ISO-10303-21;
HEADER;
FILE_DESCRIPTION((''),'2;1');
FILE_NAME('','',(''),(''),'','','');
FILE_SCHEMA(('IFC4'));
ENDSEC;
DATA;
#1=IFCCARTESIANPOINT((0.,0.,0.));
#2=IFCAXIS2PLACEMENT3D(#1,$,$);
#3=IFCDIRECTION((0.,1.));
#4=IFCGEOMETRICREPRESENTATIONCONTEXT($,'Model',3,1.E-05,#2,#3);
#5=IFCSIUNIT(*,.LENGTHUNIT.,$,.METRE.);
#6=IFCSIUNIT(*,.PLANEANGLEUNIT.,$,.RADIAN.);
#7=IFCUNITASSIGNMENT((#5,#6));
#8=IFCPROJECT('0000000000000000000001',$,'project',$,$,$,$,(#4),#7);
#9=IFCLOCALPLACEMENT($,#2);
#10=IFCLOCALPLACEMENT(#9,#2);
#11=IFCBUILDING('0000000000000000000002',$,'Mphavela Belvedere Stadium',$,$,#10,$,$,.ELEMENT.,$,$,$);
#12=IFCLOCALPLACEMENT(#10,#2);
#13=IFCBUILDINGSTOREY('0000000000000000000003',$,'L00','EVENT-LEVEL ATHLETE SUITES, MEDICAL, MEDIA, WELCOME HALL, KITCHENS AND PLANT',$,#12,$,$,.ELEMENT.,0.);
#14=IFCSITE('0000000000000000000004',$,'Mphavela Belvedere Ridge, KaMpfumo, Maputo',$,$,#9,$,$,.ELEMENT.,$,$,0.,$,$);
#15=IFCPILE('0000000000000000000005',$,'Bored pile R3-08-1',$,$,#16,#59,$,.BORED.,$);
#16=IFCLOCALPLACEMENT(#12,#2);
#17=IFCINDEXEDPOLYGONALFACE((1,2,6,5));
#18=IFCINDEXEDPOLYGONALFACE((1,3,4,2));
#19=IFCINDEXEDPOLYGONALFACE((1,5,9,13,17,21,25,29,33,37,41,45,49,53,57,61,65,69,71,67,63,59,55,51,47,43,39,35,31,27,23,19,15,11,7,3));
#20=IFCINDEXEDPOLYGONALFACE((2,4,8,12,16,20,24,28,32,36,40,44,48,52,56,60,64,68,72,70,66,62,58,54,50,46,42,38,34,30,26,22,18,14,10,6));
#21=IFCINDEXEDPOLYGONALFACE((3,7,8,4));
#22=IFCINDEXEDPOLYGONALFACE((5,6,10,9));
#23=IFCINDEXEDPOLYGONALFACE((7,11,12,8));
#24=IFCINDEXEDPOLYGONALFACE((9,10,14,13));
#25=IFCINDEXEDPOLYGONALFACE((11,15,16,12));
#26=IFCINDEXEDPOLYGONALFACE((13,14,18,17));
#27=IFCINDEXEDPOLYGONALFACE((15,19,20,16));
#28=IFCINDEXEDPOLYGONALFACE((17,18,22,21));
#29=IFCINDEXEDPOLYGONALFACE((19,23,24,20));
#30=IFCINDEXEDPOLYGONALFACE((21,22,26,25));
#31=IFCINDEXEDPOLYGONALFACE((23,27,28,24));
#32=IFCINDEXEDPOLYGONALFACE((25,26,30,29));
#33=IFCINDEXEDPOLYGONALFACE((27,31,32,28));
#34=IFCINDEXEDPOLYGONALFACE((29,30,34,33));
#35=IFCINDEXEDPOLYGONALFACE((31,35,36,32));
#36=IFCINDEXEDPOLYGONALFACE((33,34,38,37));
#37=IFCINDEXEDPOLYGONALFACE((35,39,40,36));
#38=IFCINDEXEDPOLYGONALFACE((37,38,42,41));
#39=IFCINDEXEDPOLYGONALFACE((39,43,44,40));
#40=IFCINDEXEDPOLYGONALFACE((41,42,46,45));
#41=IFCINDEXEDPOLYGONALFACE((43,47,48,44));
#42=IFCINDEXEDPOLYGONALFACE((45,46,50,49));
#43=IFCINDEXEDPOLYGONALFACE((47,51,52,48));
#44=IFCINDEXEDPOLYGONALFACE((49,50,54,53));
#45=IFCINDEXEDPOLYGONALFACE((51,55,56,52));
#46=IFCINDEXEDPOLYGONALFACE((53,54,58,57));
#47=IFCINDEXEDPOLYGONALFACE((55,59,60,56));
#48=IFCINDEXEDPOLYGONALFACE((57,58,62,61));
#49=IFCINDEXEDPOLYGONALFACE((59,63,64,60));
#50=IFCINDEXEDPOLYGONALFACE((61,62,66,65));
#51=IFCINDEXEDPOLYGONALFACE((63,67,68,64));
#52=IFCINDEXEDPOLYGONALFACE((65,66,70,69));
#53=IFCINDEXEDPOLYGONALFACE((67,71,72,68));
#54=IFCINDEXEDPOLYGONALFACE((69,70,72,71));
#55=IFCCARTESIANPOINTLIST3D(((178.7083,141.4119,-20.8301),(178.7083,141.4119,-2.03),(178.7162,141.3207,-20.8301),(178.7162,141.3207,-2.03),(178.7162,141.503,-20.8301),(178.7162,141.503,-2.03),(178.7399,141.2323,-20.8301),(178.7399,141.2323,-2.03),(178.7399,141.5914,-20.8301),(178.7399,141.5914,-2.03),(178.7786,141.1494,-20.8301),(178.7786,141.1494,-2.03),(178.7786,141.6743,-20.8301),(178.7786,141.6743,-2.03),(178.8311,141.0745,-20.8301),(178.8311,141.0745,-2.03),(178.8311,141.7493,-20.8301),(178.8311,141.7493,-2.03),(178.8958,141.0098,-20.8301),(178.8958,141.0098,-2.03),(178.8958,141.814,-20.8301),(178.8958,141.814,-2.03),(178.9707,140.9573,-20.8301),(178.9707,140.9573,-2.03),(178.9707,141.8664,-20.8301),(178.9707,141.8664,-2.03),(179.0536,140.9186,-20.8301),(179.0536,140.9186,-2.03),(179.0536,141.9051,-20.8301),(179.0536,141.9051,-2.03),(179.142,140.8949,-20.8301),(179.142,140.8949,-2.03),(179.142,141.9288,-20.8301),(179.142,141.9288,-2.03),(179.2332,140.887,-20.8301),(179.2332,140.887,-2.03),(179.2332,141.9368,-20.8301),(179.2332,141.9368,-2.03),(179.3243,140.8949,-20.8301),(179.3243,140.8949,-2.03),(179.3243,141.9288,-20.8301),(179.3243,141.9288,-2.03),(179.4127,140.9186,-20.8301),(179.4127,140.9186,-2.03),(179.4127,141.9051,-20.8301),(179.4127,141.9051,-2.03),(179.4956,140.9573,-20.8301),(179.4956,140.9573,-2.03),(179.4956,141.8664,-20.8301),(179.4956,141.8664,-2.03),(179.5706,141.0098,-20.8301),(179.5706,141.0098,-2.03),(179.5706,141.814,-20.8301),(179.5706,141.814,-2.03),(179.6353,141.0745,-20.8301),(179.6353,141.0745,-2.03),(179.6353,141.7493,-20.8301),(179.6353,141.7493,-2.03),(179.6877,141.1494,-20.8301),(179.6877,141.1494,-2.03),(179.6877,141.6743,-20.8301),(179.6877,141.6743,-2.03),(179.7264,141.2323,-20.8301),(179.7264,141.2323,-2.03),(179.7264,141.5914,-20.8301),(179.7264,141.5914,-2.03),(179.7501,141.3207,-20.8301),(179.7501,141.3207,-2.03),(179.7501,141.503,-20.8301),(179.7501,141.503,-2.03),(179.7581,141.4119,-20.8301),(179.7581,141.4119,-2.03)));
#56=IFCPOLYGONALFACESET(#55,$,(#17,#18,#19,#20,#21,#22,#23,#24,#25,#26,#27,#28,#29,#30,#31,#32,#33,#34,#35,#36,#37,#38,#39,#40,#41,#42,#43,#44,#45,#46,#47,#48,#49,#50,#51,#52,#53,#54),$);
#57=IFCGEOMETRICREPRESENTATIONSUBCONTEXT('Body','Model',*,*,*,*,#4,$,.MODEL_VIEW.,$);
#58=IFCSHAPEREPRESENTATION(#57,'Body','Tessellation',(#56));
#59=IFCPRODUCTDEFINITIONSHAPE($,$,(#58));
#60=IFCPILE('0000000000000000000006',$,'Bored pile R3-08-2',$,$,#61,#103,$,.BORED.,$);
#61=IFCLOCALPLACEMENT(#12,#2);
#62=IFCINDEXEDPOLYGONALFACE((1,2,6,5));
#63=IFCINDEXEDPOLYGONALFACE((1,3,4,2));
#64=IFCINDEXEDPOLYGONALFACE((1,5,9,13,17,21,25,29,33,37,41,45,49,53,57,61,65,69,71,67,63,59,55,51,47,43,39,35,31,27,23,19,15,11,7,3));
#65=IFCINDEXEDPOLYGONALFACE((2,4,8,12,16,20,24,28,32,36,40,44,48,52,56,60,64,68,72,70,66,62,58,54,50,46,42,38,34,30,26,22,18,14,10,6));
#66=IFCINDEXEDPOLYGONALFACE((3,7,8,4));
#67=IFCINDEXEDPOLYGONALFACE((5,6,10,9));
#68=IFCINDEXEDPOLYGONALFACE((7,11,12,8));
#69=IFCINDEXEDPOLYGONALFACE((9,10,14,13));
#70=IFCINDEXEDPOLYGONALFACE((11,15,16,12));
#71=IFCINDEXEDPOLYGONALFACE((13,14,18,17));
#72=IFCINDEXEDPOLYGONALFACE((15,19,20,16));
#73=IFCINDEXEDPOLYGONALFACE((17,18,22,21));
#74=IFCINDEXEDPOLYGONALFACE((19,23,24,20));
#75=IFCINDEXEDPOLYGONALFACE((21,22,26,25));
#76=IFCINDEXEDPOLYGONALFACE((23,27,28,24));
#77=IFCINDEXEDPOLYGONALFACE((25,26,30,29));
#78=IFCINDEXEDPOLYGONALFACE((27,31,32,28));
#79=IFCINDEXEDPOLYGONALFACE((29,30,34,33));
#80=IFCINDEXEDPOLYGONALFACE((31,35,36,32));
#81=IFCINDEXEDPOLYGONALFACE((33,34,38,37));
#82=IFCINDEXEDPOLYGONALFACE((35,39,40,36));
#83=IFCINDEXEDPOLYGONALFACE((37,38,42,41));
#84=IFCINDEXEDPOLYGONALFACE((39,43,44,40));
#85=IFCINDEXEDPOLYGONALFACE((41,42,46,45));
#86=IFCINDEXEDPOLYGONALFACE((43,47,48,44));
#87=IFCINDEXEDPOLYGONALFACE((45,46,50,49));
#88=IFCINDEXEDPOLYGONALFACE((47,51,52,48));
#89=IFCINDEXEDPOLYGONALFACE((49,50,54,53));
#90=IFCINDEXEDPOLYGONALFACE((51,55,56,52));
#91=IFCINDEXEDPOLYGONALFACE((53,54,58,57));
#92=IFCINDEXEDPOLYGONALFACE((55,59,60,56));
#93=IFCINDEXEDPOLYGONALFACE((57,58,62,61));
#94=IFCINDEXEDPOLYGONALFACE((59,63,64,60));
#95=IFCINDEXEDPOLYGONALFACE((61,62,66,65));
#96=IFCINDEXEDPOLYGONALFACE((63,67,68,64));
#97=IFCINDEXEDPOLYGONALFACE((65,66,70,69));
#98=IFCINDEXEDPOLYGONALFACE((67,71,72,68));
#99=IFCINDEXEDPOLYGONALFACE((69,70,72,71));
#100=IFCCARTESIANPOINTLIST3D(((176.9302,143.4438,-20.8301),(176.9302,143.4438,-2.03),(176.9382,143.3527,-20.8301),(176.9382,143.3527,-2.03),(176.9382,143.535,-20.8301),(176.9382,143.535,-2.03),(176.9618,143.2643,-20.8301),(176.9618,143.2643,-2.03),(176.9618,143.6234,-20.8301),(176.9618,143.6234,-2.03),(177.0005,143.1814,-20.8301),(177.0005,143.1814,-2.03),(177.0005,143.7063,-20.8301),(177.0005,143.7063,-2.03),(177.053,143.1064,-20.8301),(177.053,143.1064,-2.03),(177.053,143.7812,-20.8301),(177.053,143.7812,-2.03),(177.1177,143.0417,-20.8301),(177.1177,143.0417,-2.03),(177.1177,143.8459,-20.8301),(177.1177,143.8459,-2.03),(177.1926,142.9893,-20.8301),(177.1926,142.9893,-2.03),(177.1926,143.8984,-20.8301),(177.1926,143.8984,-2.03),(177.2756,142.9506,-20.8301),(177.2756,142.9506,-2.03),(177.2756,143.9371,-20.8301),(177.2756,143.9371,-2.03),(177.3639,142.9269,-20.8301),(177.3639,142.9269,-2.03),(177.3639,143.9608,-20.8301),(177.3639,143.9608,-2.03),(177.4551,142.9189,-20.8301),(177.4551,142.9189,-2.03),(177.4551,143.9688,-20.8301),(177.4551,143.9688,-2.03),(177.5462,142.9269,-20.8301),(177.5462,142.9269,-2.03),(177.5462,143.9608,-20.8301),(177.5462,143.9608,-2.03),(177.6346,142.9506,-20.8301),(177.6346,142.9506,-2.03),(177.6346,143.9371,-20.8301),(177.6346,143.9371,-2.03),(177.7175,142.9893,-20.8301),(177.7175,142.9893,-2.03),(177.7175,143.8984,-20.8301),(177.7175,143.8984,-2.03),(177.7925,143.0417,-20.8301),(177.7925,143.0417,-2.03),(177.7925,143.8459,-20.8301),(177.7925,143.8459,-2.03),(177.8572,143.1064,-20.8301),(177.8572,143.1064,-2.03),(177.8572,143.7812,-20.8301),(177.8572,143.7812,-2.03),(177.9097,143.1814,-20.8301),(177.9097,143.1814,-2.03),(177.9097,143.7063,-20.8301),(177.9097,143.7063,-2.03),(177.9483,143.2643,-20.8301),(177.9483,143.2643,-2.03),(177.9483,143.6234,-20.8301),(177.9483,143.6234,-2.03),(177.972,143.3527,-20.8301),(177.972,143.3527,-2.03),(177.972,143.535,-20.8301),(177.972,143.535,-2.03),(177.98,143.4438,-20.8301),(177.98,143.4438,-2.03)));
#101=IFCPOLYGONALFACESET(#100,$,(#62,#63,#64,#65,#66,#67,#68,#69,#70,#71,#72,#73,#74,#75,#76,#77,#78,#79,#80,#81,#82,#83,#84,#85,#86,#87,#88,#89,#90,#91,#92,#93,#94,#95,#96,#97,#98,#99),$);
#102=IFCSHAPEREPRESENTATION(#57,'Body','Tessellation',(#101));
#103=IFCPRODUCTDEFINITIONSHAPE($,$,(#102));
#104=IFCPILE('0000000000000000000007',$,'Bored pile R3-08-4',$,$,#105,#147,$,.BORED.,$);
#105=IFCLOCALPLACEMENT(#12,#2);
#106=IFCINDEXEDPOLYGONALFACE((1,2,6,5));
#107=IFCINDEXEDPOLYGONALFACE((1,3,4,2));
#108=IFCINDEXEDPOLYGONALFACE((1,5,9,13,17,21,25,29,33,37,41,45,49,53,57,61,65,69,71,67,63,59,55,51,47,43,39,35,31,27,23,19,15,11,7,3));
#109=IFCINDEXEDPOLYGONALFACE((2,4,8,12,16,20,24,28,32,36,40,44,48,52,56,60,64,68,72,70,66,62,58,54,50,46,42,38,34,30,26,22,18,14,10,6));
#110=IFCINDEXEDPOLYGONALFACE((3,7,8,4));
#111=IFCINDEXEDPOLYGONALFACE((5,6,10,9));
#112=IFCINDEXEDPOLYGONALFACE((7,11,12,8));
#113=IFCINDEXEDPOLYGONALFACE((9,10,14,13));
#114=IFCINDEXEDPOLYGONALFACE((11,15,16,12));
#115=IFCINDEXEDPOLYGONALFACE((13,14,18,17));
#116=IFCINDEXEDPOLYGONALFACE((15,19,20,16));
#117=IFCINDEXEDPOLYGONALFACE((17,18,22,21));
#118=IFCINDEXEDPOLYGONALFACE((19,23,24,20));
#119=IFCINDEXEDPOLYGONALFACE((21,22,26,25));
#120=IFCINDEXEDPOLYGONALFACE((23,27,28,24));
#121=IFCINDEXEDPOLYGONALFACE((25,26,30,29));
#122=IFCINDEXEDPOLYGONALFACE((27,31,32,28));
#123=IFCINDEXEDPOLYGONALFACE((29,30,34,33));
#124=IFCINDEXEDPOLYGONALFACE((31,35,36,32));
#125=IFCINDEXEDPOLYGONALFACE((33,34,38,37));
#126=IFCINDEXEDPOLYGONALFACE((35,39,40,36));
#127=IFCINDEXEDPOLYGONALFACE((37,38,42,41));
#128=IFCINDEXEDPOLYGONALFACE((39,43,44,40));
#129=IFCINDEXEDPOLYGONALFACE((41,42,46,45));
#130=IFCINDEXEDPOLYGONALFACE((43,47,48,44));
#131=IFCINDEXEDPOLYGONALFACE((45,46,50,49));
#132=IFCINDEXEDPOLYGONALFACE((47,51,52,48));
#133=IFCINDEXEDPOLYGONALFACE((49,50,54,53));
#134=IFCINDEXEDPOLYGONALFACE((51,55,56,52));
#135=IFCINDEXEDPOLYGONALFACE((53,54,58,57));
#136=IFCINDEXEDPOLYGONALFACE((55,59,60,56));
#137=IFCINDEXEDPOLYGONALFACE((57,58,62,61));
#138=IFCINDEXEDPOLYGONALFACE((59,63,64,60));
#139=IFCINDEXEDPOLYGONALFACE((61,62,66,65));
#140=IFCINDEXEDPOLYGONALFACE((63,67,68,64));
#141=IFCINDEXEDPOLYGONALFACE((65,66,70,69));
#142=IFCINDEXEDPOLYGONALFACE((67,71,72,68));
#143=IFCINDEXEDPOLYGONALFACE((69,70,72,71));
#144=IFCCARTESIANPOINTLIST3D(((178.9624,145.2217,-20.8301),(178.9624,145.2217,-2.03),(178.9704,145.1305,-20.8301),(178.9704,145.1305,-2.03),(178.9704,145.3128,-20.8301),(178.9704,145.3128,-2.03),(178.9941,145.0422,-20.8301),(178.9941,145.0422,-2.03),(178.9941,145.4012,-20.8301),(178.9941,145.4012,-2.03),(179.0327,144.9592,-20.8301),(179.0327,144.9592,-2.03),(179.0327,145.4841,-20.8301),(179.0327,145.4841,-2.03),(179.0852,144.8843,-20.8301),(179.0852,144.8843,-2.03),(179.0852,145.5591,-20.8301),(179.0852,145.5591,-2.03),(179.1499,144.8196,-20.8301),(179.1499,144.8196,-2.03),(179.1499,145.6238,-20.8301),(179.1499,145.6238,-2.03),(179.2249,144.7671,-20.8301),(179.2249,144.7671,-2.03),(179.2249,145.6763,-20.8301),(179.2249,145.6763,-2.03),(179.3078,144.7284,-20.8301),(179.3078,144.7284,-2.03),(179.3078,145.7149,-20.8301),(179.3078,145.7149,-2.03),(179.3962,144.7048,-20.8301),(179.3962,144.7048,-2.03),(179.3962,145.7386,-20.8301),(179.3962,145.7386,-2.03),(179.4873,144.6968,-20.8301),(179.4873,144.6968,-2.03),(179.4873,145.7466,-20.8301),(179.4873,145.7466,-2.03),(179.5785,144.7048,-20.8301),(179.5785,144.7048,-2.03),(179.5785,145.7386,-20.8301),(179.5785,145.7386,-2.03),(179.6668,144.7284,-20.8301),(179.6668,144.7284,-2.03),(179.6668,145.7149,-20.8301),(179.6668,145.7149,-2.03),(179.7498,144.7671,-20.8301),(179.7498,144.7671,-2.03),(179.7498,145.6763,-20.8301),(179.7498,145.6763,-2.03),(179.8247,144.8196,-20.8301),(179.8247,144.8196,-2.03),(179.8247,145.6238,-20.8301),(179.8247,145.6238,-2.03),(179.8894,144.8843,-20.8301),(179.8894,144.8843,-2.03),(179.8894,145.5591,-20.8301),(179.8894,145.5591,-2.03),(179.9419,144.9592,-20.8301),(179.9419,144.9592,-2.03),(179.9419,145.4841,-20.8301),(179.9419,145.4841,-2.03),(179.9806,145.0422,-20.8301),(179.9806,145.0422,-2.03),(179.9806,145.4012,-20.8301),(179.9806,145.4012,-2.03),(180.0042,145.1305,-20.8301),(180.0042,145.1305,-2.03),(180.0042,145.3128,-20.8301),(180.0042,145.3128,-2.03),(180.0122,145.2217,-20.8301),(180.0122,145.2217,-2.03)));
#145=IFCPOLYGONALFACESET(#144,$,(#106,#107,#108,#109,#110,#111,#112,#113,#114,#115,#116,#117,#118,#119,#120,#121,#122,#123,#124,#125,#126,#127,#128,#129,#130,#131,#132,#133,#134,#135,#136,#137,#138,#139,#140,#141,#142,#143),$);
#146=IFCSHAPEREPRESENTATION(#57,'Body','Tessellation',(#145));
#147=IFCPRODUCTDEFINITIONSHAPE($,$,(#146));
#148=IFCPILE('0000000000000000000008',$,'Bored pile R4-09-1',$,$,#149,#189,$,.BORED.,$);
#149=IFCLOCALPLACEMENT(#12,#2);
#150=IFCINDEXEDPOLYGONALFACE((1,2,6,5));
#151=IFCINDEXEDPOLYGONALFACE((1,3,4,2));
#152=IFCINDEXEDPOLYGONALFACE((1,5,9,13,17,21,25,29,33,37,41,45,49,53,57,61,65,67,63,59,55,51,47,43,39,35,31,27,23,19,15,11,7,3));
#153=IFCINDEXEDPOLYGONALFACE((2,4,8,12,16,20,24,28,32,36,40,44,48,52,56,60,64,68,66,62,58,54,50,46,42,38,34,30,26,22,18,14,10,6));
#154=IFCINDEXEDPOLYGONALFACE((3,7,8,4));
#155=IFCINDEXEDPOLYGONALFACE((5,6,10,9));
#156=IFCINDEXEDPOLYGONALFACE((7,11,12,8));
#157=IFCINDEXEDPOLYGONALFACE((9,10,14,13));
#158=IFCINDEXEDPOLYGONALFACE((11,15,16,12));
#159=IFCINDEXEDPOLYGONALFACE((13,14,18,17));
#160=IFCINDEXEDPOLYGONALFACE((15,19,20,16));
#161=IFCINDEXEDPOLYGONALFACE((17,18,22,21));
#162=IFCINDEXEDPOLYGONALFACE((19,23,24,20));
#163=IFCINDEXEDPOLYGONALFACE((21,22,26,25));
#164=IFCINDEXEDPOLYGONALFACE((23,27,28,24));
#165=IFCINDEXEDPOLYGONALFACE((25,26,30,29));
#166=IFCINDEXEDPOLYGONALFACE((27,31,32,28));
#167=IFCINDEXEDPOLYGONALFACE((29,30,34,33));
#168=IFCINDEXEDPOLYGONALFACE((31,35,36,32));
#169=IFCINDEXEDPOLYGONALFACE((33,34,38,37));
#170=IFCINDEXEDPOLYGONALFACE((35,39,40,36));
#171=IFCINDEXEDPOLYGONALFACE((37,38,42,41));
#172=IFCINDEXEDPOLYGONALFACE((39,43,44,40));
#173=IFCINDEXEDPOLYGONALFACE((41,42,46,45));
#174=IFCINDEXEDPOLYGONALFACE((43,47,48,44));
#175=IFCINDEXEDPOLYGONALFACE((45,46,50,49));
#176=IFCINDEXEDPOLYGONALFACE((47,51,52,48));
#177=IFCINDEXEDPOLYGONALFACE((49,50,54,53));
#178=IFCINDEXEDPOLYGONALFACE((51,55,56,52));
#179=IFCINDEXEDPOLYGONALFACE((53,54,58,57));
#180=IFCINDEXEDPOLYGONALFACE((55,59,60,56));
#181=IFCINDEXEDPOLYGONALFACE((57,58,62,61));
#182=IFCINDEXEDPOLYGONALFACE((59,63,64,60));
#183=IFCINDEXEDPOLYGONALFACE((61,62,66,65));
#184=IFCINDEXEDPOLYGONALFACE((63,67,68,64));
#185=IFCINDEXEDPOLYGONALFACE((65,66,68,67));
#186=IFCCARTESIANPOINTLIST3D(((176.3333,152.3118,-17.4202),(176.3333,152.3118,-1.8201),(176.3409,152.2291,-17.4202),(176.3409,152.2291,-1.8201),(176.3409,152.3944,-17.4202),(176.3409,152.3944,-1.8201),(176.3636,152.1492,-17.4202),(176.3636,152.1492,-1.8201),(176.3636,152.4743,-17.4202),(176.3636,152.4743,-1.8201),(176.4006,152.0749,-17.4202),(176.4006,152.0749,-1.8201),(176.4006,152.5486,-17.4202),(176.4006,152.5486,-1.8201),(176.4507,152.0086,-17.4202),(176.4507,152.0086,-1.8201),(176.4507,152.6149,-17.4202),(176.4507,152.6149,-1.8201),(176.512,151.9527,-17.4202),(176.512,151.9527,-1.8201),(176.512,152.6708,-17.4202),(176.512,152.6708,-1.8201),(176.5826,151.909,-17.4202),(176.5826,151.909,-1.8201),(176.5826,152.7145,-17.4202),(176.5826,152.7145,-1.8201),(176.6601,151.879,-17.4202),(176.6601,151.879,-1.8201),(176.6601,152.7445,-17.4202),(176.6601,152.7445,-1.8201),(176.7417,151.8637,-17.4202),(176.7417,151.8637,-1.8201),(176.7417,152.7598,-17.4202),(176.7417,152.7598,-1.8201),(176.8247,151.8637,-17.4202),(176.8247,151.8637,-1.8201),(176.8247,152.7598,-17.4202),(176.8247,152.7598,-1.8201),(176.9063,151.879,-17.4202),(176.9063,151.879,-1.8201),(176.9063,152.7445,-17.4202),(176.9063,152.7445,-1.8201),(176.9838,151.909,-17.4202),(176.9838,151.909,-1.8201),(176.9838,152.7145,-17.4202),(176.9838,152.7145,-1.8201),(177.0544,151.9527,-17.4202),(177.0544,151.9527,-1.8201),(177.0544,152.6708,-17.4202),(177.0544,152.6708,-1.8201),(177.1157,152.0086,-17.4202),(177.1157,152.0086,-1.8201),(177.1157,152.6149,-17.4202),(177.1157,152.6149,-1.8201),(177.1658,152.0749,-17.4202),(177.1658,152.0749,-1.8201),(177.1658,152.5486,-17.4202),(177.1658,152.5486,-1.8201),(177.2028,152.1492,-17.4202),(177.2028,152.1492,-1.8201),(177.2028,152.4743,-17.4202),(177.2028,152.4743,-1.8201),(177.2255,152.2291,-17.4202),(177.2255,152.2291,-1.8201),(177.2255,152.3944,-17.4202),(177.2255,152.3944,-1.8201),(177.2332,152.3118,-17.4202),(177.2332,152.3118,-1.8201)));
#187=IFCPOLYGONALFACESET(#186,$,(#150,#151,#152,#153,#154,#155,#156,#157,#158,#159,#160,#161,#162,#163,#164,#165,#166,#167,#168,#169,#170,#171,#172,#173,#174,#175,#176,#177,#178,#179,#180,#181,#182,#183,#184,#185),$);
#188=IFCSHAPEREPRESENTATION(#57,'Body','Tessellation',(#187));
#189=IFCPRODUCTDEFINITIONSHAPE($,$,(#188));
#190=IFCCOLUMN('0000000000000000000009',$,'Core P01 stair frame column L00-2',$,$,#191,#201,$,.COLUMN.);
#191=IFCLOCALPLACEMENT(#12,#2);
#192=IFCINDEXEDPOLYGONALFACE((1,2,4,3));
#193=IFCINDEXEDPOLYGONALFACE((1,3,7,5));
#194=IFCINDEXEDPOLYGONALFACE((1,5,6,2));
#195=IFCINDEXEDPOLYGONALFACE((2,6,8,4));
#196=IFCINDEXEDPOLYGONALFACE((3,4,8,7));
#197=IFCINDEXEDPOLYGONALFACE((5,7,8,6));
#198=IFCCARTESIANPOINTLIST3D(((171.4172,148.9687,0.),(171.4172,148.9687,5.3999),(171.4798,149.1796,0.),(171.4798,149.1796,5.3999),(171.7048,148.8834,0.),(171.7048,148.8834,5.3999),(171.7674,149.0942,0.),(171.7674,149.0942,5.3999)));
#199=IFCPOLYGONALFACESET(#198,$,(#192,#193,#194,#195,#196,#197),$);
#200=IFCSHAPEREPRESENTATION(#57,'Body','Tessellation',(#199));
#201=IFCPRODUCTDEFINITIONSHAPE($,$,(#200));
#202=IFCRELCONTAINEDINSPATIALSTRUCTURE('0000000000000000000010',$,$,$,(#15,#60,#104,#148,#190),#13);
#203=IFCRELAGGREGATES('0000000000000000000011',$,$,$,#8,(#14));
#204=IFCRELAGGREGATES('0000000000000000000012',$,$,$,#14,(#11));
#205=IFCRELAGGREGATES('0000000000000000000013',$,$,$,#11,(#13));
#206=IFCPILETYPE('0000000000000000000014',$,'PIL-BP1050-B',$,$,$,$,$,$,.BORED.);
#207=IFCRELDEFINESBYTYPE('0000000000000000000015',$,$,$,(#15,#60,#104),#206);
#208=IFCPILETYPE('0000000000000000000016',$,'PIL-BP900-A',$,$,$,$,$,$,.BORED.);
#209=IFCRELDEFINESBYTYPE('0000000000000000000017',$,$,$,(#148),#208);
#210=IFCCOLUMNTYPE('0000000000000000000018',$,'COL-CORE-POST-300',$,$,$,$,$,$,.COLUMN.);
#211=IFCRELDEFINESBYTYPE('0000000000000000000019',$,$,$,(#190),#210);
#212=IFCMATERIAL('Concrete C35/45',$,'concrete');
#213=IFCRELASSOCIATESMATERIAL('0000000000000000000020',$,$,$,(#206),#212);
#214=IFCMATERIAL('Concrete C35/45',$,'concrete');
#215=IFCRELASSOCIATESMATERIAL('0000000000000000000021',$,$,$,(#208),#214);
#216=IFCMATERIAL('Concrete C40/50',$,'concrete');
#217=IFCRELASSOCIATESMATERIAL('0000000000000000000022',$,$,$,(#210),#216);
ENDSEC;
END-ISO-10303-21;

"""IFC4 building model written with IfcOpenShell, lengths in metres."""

from ifc_helpers import new_model, si_unit, direction, frame, origin, origin_2d, place, context, subcontext, project, spatial, rectangle, circle, extrude, material, material_profile, profile_set, type_object, element, save


model = new_model("IFC4")

# Units and contexts
model_context = context("Model", 3, precision=1e-05, world=origin(), true_north=direction((0.0, 1.0)))
body_context = subcontext(model_context, "Body", "Model", "MODEL_VIEW")
ifc_project = project(units=[si_unit("LENGTHUNIT", "METRE"), si_unit("PLANEANGLEUNIT", "RADIAN")], contexts=[model_context])

# Site, building, storey
site_placement = place(None, origin())
site = spatial("IfcSite", under=ifc_project, at=site_placement, Name="Mphavela Belvedere Ridge, KaMpfumo, Maputo", CompositionType="ELEMENT", RefElevation=0.0)
building_placement = place(site_placement, origin())
building = spatial("IfcBuilding", under=site, at=building_placement, Name="Mphavela Belvedere Stadium", CompositionType="ELEMENT")
storey_placement = place(building_placement, origin())
storey = spatial("IfcBuildingStorey", under=building, at=storey_placement, Name="L00", Description="EVENT-LEVEL ATHLETE SUITES, MEDICAL, MEDIA, WELCOME HALL, KITCHENS AND PLANT", CompositionType="ELEMENT", Elevation=0.0)

# Piles
ifc_material_1 = material(Name="Concrete C35/45", Category="concrete")
ifc_material_profile_1 = material_profile(ifc_material_1, circle(Radius=0.5249, at=origin_2d()), Name="BP D1050")
ifc_profile_set_1 = profile_set([ifc_material_profile_1], Name="Concrete C35/45")
pile_type_1 = type_object("IfcPileType", Name="PIL-BP1050-B", PredefinedType="BORED", material=ifc_profile_set_1)
for number, where, z_axis, x_axis, name in (
    (1, (179.2332, 141.4119, -2.03), (0.0, 0.0, -1.0), (1.0, 0.0, 0.0), "Bored pile R3-08-1"),
    (2, (177.4551, 143.4438, -2.03), (0.0, 0.0, -1.0), (1.0, 0.0, 0.0), "Bored pile R3-08-2"),
    (3, (179.4873, 145.2217, -2.03), (0.0, 0.0, -1.0), (1.0, 0.0, 0.0), "Bored pile R3-08-4"),
):
    element("IfcPile", number, at=place(storey_placement, frame(where, z_axis=z_axis, x_axis=x_axis)), inside=storey, type_object=pile_type_1, Name=name, PredefinedType="BORED", context=body_context, shape_type="SweptSolid", body=[
        extrude(circle(Radius=0.5249, at=origin_2d()), origin(), (0.0, 0.0, 1.0), 18.8),
    ])
ifc_material_2 = material(Name="Concrete C35/45", Category="concrete")
ifc_material_profile_2 = material_profile(ifc_material_2, circle(Radius=0.45, at=origin_2d()), Name="BP D900")
ifc_profile_set_2 = profile_set([ifc_material_profile_2], Name="Concrete C35/45")
pile_type_2 = type_object("IfcPileType", Name="PIL-BP900-A", PredefinedType="BORED", material=ifc_profile_set_2)
pile_placement = place(storey_placement, frame((176.7832, 152.3118, -1.8201), z_axis=(0.0, 0.0, -1.0), x_axis=(1.0, 0.0, 0.0)))
element("IfcPile", 4, at=pile_placement, inside=storey, type_object=pile_type_2, Name="Bored pile R4-09-1", PredefinedType="BORED", context=body_context, shape_type="SweptSolid", body=[
    extrude(circle(Radius=0.45, at=origin_2d()), origin(), (0.0, 0.0, 1.0), 15.6001),
])

# Column
ifc_material_3 = material(Name="Concrete C40/50", Category="concrete")
ifc_material_profile_3 = material_profile(ifc_material_3, rectangle(XDim=0.3, YDim=0.22, at=origin_2d()), Name="RC 300x220")
ifc_profile_set_3 = profile_set([ifc_material_profile_3], Name="Concrete C40/50")
column_type_1 = type_object("IfcColumnType", Name="COL-CORE-POST-300", PredefinedType="COLUMN", material=ifc_profile_set_3)
column_placement = place(storey_placement, frame((171.5923, 149.0315, 0.0), z_axis=(0.0, 0.0, 1.0), x_axis=(0.958671, -0.284517, 0.0)))
element("IfcColumn", 5, at=column_placement, inside=storey, type_object=column_type_1, Name="Core P01 stair frame column L00-2", PredefinedType="COLUMN", context=body_context, shape_type="SweptSolid", body=[
    extrude(rectangle(XDim=0.3, YDim=0.22, at=origin_2d()), origin(), (0.0, 0.0, 1.0), 5.3999),
])

save(model, "model.ifc")
